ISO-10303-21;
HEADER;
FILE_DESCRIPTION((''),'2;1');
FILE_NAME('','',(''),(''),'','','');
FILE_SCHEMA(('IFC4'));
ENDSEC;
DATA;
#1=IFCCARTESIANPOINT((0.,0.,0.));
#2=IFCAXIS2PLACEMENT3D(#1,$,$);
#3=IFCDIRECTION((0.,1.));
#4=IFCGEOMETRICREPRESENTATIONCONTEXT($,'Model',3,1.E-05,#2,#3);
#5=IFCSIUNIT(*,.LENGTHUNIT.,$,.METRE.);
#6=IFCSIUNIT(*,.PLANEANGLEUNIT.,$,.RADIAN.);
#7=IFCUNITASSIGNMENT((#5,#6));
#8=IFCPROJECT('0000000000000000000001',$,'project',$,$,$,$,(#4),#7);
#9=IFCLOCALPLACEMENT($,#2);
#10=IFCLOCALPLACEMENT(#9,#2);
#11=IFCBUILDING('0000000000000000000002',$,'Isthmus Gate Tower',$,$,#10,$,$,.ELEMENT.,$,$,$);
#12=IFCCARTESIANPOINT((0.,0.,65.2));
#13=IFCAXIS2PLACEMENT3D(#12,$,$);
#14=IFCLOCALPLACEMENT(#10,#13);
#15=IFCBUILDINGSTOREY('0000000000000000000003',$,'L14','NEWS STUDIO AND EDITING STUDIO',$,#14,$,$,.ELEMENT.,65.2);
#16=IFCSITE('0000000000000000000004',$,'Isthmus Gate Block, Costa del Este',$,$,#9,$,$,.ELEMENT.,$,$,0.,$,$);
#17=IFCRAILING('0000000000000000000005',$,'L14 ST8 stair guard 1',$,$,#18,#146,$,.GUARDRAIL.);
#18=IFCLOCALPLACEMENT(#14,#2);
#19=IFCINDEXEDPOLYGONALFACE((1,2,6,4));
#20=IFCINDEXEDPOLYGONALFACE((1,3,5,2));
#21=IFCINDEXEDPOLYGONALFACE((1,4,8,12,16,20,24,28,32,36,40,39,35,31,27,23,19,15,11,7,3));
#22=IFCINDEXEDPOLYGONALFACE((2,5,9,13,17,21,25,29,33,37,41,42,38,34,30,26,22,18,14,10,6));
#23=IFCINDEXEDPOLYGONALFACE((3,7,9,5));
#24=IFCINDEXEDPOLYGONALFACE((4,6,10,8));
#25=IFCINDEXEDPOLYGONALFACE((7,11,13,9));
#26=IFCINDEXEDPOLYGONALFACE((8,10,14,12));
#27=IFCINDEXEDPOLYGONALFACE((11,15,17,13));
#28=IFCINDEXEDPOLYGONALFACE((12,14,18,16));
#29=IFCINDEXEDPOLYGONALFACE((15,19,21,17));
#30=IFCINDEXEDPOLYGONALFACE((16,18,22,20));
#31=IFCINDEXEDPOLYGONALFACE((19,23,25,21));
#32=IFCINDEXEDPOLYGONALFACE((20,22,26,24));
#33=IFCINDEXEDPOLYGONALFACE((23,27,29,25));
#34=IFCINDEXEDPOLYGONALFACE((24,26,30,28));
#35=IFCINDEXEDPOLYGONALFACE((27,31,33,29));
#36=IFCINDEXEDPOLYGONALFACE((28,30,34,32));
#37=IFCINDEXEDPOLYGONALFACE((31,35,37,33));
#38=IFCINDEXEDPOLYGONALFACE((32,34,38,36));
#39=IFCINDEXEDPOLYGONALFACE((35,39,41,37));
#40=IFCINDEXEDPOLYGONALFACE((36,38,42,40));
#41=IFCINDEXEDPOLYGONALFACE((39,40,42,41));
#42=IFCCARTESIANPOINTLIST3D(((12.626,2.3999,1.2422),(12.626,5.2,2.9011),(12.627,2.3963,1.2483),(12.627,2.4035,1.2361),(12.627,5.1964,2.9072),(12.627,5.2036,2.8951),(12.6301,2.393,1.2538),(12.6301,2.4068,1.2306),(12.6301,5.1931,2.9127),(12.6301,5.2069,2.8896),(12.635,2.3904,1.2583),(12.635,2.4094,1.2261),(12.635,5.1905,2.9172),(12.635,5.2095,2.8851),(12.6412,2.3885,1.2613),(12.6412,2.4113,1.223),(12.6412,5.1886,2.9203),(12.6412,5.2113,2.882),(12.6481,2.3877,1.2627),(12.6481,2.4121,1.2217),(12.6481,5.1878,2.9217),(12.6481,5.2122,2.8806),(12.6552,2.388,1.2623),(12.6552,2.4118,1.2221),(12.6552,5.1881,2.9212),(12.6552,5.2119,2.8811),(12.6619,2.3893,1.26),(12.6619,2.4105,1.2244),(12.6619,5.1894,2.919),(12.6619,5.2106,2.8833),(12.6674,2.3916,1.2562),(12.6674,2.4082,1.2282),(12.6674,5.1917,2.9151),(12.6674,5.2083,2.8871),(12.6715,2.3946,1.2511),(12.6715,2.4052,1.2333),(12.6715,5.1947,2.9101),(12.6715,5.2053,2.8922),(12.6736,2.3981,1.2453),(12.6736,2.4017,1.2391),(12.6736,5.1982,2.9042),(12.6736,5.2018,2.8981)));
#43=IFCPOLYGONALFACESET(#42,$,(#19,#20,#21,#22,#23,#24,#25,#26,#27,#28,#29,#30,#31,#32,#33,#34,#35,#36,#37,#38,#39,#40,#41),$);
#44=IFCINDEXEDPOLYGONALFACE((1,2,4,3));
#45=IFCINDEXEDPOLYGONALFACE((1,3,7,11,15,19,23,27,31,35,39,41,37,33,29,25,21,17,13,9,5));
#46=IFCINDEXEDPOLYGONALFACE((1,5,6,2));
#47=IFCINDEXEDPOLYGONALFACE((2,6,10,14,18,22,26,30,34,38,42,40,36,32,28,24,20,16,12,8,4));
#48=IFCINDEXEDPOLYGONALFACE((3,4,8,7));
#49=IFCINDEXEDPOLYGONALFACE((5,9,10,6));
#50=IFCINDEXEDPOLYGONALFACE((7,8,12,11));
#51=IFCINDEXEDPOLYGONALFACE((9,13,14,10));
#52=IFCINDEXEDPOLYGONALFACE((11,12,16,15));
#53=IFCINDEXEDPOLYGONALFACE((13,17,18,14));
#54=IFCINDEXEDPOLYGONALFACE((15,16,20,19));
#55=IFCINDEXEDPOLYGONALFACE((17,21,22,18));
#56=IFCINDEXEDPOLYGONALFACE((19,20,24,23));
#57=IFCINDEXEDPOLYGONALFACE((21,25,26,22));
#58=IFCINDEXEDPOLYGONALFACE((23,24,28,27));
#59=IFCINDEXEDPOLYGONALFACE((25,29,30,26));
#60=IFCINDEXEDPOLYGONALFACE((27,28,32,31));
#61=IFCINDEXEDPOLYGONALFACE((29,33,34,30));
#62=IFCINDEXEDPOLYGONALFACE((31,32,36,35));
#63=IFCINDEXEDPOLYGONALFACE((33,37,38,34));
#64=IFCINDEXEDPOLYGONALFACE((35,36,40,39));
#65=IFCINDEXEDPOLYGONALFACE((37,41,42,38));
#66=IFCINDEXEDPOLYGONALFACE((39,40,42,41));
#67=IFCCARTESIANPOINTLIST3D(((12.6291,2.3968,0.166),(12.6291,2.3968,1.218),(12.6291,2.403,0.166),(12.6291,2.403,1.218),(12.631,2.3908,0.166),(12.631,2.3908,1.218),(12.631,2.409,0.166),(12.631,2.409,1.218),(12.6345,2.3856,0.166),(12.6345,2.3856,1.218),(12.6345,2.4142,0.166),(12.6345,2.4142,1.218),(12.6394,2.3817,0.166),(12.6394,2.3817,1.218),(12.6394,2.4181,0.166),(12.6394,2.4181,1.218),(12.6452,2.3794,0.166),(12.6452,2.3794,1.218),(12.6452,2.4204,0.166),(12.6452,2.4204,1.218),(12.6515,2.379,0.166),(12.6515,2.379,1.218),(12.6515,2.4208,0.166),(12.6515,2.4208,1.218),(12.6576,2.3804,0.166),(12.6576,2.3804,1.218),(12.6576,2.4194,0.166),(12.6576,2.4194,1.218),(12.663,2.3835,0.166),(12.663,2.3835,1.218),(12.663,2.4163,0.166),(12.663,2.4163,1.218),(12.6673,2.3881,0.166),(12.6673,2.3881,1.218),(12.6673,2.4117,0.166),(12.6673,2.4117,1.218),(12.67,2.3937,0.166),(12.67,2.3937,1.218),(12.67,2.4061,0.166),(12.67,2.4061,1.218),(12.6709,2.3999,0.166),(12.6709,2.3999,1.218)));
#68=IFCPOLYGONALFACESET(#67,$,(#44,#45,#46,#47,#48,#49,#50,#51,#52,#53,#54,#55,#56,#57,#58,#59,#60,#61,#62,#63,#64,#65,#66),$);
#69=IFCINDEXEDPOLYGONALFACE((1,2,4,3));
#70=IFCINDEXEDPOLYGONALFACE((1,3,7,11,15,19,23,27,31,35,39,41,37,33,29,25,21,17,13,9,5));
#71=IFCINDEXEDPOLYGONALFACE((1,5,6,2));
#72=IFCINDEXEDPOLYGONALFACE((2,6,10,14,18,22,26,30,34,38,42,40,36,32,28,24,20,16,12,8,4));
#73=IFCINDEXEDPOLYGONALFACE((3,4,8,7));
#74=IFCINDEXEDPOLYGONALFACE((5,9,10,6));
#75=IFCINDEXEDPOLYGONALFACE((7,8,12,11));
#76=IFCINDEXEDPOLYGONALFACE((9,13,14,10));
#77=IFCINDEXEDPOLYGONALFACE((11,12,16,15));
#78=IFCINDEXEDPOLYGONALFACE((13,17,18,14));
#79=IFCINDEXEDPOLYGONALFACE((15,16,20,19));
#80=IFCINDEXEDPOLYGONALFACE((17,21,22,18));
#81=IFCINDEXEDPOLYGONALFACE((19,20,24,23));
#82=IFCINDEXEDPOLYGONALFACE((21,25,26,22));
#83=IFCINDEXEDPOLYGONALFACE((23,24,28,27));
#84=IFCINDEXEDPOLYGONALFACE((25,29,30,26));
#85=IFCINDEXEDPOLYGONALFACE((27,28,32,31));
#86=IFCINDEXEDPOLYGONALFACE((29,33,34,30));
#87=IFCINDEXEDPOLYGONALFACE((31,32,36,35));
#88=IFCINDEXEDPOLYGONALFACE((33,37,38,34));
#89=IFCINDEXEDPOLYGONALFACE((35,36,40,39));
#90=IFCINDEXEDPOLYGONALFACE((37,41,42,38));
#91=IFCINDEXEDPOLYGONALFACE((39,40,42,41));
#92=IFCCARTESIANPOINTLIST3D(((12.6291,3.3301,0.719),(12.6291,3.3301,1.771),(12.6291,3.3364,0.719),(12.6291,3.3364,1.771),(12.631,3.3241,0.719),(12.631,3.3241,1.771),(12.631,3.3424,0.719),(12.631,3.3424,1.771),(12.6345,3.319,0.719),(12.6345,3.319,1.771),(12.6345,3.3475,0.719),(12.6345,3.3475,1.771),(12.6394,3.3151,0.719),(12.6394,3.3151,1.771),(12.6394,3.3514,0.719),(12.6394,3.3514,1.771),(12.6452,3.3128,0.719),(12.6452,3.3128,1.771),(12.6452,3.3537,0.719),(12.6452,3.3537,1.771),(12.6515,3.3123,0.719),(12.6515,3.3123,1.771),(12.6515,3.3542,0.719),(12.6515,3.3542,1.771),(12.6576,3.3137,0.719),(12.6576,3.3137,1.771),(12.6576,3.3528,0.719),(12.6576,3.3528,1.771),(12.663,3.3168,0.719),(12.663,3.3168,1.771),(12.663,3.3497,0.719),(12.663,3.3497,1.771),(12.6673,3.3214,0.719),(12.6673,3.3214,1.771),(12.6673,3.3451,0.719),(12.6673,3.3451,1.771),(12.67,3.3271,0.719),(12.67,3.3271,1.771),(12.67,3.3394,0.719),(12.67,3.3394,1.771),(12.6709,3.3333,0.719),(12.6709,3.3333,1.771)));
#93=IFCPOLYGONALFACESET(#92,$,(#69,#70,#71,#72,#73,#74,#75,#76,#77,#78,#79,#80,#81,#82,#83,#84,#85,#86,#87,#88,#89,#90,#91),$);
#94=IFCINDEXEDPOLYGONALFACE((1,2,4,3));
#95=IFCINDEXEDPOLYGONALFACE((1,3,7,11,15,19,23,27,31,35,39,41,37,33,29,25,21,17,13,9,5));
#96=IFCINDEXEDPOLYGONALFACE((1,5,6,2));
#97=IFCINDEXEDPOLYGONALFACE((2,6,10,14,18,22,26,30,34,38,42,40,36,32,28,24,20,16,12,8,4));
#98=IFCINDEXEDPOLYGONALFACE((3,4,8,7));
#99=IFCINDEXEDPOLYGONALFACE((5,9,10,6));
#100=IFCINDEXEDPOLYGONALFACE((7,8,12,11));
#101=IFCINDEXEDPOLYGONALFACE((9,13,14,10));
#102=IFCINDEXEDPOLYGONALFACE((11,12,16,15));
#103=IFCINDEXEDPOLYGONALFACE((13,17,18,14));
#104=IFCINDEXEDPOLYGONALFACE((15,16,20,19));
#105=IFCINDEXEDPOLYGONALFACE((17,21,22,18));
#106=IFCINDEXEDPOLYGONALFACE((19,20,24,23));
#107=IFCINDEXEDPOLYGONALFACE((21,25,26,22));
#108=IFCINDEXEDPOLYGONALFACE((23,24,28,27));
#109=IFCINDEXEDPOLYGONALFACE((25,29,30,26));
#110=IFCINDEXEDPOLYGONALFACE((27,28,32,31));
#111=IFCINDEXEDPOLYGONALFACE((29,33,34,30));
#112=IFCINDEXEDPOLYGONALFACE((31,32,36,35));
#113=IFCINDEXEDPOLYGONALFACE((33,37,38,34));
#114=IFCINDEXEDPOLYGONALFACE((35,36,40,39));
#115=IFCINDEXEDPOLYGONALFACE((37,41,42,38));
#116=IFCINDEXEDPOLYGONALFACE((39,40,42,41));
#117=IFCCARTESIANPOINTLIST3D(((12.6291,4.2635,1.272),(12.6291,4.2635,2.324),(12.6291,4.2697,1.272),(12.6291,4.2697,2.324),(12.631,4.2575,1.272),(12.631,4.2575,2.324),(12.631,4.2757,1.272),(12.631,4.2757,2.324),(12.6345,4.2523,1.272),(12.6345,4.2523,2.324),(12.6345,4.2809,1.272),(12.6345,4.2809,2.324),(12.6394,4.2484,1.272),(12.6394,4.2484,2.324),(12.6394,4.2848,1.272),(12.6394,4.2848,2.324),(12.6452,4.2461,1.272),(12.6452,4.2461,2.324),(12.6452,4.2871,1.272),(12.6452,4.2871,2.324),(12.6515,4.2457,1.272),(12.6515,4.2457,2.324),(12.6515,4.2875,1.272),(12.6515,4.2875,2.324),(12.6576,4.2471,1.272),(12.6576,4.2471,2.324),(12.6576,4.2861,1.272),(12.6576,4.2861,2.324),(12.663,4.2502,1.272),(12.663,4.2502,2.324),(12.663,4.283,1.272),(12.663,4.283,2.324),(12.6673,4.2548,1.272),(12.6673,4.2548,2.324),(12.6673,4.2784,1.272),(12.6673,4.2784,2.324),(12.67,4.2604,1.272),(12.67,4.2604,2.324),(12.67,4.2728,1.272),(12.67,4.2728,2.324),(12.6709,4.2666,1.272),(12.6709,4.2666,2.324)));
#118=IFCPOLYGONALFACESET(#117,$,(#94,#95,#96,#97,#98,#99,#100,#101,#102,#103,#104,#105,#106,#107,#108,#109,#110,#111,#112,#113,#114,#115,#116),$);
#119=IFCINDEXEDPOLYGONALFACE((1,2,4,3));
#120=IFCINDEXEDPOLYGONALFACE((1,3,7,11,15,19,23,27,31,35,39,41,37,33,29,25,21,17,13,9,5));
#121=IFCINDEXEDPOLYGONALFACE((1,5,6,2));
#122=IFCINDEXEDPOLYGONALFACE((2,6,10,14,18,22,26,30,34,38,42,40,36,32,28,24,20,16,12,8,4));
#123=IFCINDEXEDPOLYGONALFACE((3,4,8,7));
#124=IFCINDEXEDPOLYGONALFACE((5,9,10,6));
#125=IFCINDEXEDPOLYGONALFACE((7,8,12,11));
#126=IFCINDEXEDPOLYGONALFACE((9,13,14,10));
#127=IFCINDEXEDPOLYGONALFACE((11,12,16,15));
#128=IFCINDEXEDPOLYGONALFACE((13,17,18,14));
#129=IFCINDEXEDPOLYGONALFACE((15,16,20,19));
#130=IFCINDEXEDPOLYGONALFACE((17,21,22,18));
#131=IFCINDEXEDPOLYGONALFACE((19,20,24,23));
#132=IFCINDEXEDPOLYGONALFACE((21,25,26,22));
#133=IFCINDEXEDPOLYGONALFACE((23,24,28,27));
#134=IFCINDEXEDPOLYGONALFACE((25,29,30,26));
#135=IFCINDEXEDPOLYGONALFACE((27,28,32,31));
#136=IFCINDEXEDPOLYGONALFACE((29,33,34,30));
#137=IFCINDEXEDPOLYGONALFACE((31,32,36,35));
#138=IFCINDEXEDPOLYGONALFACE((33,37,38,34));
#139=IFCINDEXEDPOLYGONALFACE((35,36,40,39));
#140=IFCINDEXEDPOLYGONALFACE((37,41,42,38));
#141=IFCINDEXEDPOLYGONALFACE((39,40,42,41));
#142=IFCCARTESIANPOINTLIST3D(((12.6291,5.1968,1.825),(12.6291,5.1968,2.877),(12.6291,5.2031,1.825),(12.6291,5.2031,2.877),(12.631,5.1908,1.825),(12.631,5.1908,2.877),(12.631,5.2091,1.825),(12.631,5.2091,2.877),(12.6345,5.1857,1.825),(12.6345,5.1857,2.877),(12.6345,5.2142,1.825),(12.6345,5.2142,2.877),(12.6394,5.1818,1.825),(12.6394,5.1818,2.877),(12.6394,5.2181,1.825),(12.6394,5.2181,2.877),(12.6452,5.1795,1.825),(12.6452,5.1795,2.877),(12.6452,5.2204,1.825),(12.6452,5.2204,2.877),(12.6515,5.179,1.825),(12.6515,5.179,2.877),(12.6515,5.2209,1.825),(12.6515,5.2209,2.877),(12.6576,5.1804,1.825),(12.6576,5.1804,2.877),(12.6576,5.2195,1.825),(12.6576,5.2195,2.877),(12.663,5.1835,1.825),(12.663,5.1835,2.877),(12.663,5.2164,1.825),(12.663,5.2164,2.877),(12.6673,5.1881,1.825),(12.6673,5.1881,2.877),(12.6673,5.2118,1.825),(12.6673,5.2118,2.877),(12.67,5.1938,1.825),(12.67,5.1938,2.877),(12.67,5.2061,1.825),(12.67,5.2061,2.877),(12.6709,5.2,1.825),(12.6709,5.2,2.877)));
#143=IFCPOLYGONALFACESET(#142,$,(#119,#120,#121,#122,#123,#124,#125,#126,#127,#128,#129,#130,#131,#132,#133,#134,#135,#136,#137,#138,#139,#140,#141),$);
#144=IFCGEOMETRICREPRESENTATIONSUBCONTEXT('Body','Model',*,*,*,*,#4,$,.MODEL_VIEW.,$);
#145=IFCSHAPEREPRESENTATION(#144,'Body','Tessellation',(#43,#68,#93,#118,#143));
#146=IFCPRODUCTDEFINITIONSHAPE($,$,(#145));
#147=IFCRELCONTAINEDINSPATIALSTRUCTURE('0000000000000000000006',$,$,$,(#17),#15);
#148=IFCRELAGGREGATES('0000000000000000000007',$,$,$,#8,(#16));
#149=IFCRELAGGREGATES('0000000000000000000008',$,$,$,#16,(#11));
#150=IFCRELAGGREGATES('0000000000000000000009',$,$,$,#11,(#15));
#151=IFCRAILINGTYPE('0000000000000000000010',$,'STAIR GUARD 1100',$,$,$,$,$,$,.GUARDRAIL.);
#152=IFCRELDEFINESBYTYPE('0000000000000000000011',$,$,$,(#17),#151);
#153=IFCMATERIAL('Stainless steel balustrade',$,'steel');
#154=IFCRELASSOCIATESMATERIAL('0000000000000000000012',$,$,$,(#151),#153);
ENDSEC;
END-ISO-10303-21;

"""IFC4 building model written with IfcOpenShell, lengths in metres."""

from ifc_helpers import new_model, si_unit, direction, frame, origin, origin_2d, place, context, subcontext, project, spatial, circle, extrude, material, type_object, element, save


model = new_model("IFC4")

# Units and contexts
model_context = context("Model", 3, precision=1e-05, world=origin(), true_north=direction((0.0, 1.0)))
body_context = subcontext(model_context, "Body", "Model", "MODEL_VIEW")
ifc_project = project(units=[si_unit("LENGTHUNIT", "METRE"), si_unit("PLANEANGLEUNIT", "RADIAN")], contexts=[model_context])

# Site, building, storey
site_placement = place(None, origin())
site = spatial("IfcSite", under=ifc_project, at=site_placement, Name="Isthmus Gate Block, Costa del Este", CompositionType="ELEMENT", RefElevation=0.0)
building_placement = place(site_placement, origin())
building = spatial("IfcBuilding", under=site, at=building_placement, Name="Isthmus Gate Tower", CompositionType="ELEMENT")
storey_placement = place(building_placement, frame((0.0, 0.0, 65.2)))
storey = spatial("IfcBuildingStorey", under=building, at=storey_placement, Name="L14", Description="NEWS STUDIO AND EDITING STUDIO", CompositionType="ELEMENT", Elevation=65.2)

# Railing
ifc_material_1 = material(Name="Stainless steel balustrade", Category="steel")
railing_type_1 = type_object("IfcRailingType", Name="STAIR GUARD 1100", PredefinedType="GUARDRAIL", material=ifc_material_1)
railing_1_placement = place(storey_placement, frame((12.6499, 2.3999, 0.166)))
element("IfcRailing", 1, at=railing_1_placement, inside=storey, type_object=railing_type_1, Name="L14 ST8 stair guard 1", PredefinedType="GUARDRAIL", context=body_context, shape_type="SweptSolid", body=[
    extrude(circle(Radius=0.0239, at=origin_2d()), frame((0.0, 0.0, 1.0762), z_axis=(0.0, 0.860339, 0.509722), x_axis=(-1.0, 0.0, 0.0)), (0.0, 0.0, 1.0), 3.2546),
    extrude(circle(Radius=0.021, at=origin_2d()), origin(), (0.0, 0.0, 1.0), 1.052),
    extrude(circle(Radius=0.021, at=origin_2d()), frame((0.0, 0.9333, 0.553)), (0.0, 0.0, 1.0), 1.052),
    extrude(circle(Radius=0.021, at=origin_2d()), frame((0.0, 1.8667, 1.106)), (0.0, 0.0, 1.0), 1.052),
    extrude(circle(Radius=0.021, at=origin_2d()), frame((0.0, 2.8, 1.6589)), (0.0, 0.0, 1.0), 1.052),
])

save(model, "model.ifc")
